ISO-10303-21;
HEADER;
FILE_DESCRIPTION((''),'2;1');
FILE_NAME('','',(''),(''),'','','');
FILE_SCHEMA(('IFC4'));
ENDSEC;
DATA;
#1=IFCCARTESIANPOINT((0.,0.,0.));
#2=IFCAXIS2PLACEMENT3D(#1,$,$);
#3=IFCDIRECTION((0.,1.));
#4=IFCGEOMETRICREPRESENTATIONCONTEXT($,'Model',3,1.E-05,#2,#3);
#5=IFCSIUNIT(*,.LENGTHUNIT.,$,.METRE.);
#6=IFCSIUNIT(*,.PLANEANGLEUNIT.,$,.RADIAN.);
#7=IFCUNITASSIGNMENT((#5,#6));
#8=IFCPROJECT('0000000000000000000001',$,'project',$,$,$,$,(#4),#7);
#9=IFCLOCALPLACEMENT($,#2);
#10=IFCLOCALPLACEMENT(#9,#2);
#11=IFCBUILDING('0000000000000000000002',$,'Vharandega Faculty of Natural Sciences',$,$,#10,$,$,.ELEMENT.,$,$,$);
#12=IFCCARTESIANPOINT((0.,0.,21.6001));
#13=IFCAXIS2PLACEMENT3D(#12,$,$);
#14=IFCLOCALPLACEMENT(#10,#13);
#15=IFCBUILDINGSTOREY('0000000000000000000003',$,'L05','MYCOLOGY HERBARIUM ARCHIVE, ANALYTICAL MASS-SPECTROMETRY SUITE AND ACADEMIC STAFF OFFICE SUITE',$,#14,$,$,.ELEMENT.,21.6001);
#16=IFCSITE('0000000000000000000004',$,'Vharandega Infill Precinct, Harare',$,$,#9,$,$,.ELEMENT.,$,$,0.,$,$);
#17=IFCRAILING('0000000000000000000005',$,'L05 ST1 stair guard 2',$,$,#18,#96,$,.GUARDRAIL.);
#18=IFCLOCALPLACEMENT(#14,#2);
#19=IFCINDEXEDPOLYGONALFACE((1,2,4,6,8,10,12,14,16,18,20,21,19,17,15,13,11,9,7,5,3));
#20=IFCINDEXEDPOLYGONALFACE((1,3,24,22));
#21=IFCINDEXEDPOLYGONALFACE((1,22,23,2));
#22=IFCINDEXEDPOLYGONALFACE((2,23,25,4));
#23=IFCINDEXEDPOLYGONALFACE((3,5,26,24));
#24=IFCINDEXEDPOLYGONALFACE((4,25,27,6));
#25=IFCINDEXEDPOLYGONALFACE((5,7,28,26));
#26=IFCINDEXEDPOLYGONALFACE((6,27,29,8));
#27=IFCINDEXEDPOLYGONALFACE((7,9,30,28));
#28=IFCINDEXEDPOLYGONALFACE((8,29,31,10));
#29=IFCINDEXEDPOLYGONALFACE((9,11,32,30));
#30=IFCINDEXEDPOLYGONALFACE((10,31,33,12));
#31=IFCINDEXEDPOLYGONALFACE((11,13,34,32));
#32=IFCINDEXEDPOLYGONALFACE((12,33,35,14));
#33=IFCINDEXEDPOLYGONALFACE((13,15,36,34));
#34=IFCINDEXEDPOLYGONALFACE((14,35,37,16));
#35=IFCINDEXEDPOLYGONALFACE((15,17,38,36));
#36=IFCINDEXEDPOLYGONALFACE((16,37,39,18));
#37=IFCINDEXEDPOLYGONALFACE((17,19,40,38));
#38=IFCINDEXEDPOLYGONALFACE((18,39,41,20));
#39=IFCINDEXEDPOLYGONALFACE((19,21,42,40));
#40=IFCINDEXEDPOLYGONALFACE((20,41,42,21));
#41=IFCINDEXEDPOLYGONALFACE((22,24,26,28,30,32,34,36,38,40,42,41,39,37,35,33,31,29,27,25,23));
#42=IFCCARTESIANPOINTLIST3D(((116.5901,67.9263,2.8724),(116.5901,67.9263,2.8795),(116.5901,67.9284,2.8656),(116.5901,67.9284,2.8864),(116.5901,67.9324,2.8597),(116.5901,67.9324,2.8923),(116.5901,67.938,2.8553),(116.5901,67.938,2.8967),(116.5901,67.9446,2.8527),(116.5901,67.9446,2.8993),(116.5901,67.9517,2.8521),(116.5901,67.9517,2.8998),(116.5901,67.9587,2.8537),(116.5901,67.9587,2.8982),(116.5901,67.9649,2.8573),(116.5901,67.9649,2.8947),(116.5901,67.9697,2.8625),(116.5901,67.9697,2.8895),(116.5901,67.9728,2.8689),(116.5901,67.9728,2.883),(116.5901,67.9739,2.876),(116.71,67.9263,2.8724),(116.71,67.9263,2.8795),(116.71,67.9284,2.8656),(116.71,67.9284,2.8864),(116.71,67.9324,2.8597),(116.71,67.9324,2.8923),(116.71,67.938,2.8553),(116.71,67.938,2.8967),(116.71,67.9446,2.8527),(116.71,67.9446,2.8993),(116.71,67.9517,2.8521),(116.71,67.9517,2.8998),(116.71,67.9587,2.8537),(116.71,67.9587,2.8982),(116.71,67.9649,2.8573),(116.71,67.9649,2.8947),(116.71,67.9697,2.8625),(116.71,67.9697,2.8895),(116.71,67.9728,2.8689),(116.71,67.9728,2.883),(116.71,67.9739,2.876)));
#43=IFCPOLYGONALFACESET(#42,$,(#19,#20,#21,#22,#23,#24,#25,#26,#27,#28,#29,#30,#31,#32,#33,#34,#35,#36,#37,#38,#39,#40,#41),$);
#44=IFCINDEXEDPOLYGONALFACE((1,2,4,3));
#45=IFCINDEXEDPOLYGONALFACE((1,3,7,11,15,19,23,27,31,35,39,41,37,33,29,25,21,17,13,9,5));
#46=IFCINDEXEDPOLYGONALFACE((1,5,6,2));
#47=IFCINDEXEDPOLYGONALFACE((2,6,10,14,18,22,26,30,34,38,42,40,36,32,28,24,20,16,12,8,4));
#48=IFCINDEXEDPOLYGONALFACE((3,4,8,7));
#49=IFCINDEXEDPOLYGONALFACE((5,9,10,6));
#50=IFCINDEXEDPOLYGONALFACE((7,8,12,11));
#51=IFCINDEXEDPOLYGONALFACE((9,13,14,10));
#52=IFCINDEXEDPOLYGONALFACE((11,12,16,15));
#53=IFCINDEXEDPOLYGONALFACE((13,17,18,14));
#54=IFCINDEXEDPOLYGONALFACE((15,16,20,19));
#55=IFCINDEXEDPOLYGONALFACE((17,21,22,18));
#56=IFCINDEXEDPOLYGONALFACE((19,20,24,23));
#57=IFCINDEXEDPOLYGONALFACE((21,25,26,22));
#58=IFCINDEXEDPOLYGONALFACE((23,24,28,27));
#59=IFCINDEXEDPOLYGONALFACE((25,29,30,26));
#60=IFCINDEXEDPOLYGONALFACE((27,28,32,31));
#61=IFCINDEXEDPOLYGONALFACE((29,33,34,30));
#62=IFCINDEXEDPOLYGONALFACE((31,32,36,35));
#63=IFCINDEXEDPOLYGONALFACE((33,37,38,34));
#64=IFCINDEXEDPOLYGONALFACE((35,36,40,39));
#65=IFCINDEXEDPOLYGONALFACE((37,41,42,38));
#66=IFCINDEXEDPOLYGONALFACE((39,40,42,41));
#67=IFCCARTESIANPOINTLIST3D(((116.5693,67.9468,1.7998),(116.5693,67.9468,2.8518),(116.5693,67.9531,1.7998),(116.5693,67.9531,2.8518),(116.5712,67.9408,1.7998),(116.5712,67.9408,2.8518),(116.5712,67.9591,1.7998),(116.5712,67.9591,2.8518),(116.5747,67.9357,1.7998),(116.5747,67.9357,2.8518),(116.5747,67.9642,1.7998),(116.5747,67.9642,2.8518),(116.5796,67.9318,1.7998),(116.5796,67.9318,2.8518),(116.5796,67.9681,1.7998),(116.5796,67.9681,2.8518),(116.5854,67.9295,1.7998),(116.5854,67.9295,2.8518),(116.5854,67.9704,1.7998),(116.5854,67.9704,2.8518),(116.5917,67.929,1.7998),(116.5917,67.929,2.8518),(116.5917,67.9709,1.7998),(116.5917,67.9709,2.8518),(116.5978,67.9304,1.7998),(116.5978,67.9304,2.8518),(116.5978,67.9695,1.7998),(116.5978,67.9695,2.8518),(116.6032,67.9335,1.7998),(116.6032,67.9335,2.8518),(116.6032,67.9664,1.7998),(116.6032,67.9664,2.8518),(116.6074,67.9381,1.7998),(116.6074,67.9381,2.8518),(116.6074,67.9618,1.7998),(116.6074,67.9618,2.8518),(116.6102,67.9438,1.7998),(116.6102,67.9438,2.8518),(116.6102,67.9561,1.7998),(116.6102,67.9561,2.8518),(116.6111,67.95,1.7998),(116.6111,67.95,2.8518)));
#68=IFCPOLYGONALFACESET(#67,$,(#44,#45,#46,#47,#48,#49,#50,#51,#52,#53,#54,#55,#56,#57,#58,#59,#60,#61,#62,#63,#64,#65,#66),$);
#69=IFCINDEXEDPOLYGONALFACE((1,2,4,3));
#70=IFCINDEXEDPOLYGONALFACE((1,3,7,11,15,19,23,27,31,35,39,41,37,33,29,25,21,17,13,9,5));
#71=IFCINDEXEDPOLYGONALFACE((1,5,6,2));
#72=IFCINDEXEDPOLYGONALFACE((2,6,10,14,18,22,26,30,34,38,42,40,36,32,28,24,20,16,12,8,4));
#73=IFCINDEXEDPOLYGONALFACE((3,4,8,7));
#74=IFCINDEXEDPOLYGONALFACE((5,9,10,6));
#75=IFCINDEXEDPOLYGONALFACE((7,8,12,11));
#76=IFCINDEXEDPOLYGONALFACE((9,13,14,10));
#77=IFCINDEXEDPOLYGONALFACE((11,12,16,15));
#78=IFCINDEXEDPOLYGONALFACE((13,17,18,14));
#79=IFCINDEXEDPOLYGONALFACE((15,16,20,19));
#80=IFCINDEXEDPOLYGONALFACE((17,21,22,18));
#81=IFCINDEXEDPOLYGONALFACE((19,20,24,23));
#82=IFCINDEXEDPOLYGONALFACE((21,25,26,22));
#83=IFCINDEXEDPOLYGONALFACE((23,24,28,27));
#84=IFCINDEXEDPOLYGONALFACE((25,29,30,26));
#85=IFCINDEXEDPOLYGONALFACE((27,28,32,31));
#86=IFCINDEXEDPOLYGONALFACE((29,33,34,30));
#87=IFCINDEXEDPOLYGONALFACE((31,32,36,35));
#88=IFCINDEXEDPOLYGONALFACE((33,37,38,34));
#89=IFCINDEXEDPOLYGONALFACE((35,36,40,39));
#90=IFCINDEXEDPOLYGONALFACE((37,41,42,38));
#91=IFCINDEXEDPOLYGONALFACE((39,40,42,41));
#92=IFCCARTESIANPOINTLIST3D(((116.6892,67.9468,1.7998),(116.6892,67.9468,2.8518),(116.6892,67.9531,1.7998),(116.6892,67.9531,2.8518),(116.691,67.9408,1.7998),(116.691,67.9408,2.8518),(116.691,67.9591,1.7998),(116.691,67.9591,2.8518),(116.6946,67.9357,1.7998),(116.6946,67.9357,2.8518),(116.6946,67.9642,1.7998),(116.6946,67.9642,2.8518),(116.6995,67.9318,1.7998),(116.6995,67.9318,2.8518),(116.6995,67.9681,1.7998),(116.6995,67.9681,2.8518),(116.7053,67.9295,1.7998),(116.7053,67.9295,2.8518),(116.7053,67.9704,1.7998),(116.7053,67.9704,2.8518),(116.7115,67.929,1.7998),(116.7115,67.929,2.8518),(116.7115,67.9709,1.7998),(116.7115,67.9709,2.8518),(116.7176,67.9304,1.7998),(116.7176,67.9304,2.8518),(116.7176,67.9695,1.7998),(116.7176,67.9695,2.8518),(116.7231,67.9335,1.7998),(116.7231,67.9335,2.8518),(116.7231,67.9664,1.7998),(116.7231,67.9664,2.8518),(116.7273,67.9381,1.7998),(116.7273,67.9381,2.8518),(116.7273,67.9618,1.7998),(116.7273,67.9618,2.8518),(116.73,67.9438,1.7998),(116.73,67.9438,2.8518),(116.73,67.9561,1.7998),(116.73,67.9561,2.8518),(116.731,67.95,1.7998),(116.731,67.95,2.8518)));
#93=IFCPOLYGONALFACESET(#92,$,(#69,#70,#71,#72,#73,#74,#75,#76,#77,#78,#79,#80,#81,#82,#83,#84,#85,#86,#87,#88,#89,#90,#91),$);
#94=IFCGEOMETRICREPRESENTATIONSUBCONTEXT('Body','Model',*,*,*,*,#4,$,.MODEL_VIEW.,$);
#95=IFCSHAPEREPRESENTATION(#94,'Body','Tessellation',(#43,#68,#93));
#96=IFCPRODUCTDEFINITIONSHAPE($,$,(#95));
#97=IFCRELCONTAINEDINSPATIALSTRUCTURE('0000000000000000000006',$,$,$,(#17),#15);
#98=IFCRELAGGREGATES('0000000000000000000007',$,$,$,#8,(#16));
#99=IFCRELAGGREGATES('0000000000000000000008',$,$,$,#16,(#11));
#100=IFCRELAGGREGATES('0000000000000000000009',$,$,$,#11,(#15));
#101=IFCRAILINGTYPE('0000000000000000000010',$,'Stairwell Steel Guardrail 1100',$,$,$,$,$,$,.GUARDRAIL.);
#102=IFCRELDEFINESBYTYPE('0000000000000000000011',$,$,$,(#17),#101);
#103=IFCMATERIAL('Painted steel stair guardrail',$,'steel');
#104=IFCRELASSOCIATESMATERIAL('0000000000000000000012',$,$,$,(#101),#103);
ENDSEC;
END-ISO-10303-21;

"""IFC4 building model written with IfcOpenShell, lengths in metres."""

from ifc_helpers import new_model, si_unit, direction, frame, origin, origin_2d, place, context, subcontext, project, spatial, circle, extrude, material, type_object, element, save


model = new_model("IFC4")

# Units and contexts
model_context = context("Model", 3, precision=1e-05, world=origin(), true_north=direction((0.0, 1.0)))
body_context = subcontext(model_context, "Body", "Model", "MODEL_VIEW")
ifc_project = project(units=[si_unit("LENGTHUNIT", "METRE"), si_unit("PLANEANGLEUNIT", "RADIAN")], contexts=[model_context])

# Site, building, storey
site_placement = place(None, origin())
site = spatial("IfcSite", under=ifc_project, at=site_placement, Name="Vharandega Infill Precinct, Harare", CompositionType="ELEMENT", RefElevation=0.0)
building_placement = place(site_placement, origin())
building = spatial("IfcBuilding", under=site, at=building_placement, Name="Vharandega Faculty of Natural Sciences", CompositionType="ELEMENT")
storey_placement = place(building_placement, frame((0.0, 0.0, 21.6001)))
storey = spatial("IfcBuildingStorey", under=building, at=storey_placement, Name="L05", Description="MYCOLOGY HERBARIUM ARCHIVE, ANALYTICAL MASS-SPECTROMETRY SUITE AND ACADEMIC STAFF OFFICE SUITE", CompositionType="ELEMENT", Elevation=21.6001)

# Railing
ifc_material_1 = material(Name="Painted steel stair guardrail", Category="steel")
railing_type_1 = type_object("IfcRailingType", Name="Stairwell Steel Guardrail 1100", PredefinedType="GUARDRAIL", material=ifc_material_1)
railing_1_placement = place(storey_placement, frame((116.5901, 67.95, 1.7998)))
element("IfcRailing", 1, at=railing_1_placement, inside=storey, type_object=railing_type_1, Name="L05 ST1 stair guard 2", PredefinedType="GUARDRAIL", context=body_context, shape_type="SweptSolid", body=[
    extrude(circle(Radius=0.0239, at=origin_2d()), frame((0.0, 0.0, 1.0762), z_axis=(1.0, 0.0, 0.0), x_axis=(0.0, 1.0, 0.0)), (0.0, 0.0, 1.0), 0.1199),
    extrude(circle(Radius=0.021, at=origin_2d()), origin(), (0.0, 0.0, 1.0), 1.052),
    extrude(circle(Radius=0.021, at=origin_2d()), frame((0.1199, 0.0, 0.0)), (0.0, 0.0, 1.0), 1.052),
])

save(model, "model.ifc")
